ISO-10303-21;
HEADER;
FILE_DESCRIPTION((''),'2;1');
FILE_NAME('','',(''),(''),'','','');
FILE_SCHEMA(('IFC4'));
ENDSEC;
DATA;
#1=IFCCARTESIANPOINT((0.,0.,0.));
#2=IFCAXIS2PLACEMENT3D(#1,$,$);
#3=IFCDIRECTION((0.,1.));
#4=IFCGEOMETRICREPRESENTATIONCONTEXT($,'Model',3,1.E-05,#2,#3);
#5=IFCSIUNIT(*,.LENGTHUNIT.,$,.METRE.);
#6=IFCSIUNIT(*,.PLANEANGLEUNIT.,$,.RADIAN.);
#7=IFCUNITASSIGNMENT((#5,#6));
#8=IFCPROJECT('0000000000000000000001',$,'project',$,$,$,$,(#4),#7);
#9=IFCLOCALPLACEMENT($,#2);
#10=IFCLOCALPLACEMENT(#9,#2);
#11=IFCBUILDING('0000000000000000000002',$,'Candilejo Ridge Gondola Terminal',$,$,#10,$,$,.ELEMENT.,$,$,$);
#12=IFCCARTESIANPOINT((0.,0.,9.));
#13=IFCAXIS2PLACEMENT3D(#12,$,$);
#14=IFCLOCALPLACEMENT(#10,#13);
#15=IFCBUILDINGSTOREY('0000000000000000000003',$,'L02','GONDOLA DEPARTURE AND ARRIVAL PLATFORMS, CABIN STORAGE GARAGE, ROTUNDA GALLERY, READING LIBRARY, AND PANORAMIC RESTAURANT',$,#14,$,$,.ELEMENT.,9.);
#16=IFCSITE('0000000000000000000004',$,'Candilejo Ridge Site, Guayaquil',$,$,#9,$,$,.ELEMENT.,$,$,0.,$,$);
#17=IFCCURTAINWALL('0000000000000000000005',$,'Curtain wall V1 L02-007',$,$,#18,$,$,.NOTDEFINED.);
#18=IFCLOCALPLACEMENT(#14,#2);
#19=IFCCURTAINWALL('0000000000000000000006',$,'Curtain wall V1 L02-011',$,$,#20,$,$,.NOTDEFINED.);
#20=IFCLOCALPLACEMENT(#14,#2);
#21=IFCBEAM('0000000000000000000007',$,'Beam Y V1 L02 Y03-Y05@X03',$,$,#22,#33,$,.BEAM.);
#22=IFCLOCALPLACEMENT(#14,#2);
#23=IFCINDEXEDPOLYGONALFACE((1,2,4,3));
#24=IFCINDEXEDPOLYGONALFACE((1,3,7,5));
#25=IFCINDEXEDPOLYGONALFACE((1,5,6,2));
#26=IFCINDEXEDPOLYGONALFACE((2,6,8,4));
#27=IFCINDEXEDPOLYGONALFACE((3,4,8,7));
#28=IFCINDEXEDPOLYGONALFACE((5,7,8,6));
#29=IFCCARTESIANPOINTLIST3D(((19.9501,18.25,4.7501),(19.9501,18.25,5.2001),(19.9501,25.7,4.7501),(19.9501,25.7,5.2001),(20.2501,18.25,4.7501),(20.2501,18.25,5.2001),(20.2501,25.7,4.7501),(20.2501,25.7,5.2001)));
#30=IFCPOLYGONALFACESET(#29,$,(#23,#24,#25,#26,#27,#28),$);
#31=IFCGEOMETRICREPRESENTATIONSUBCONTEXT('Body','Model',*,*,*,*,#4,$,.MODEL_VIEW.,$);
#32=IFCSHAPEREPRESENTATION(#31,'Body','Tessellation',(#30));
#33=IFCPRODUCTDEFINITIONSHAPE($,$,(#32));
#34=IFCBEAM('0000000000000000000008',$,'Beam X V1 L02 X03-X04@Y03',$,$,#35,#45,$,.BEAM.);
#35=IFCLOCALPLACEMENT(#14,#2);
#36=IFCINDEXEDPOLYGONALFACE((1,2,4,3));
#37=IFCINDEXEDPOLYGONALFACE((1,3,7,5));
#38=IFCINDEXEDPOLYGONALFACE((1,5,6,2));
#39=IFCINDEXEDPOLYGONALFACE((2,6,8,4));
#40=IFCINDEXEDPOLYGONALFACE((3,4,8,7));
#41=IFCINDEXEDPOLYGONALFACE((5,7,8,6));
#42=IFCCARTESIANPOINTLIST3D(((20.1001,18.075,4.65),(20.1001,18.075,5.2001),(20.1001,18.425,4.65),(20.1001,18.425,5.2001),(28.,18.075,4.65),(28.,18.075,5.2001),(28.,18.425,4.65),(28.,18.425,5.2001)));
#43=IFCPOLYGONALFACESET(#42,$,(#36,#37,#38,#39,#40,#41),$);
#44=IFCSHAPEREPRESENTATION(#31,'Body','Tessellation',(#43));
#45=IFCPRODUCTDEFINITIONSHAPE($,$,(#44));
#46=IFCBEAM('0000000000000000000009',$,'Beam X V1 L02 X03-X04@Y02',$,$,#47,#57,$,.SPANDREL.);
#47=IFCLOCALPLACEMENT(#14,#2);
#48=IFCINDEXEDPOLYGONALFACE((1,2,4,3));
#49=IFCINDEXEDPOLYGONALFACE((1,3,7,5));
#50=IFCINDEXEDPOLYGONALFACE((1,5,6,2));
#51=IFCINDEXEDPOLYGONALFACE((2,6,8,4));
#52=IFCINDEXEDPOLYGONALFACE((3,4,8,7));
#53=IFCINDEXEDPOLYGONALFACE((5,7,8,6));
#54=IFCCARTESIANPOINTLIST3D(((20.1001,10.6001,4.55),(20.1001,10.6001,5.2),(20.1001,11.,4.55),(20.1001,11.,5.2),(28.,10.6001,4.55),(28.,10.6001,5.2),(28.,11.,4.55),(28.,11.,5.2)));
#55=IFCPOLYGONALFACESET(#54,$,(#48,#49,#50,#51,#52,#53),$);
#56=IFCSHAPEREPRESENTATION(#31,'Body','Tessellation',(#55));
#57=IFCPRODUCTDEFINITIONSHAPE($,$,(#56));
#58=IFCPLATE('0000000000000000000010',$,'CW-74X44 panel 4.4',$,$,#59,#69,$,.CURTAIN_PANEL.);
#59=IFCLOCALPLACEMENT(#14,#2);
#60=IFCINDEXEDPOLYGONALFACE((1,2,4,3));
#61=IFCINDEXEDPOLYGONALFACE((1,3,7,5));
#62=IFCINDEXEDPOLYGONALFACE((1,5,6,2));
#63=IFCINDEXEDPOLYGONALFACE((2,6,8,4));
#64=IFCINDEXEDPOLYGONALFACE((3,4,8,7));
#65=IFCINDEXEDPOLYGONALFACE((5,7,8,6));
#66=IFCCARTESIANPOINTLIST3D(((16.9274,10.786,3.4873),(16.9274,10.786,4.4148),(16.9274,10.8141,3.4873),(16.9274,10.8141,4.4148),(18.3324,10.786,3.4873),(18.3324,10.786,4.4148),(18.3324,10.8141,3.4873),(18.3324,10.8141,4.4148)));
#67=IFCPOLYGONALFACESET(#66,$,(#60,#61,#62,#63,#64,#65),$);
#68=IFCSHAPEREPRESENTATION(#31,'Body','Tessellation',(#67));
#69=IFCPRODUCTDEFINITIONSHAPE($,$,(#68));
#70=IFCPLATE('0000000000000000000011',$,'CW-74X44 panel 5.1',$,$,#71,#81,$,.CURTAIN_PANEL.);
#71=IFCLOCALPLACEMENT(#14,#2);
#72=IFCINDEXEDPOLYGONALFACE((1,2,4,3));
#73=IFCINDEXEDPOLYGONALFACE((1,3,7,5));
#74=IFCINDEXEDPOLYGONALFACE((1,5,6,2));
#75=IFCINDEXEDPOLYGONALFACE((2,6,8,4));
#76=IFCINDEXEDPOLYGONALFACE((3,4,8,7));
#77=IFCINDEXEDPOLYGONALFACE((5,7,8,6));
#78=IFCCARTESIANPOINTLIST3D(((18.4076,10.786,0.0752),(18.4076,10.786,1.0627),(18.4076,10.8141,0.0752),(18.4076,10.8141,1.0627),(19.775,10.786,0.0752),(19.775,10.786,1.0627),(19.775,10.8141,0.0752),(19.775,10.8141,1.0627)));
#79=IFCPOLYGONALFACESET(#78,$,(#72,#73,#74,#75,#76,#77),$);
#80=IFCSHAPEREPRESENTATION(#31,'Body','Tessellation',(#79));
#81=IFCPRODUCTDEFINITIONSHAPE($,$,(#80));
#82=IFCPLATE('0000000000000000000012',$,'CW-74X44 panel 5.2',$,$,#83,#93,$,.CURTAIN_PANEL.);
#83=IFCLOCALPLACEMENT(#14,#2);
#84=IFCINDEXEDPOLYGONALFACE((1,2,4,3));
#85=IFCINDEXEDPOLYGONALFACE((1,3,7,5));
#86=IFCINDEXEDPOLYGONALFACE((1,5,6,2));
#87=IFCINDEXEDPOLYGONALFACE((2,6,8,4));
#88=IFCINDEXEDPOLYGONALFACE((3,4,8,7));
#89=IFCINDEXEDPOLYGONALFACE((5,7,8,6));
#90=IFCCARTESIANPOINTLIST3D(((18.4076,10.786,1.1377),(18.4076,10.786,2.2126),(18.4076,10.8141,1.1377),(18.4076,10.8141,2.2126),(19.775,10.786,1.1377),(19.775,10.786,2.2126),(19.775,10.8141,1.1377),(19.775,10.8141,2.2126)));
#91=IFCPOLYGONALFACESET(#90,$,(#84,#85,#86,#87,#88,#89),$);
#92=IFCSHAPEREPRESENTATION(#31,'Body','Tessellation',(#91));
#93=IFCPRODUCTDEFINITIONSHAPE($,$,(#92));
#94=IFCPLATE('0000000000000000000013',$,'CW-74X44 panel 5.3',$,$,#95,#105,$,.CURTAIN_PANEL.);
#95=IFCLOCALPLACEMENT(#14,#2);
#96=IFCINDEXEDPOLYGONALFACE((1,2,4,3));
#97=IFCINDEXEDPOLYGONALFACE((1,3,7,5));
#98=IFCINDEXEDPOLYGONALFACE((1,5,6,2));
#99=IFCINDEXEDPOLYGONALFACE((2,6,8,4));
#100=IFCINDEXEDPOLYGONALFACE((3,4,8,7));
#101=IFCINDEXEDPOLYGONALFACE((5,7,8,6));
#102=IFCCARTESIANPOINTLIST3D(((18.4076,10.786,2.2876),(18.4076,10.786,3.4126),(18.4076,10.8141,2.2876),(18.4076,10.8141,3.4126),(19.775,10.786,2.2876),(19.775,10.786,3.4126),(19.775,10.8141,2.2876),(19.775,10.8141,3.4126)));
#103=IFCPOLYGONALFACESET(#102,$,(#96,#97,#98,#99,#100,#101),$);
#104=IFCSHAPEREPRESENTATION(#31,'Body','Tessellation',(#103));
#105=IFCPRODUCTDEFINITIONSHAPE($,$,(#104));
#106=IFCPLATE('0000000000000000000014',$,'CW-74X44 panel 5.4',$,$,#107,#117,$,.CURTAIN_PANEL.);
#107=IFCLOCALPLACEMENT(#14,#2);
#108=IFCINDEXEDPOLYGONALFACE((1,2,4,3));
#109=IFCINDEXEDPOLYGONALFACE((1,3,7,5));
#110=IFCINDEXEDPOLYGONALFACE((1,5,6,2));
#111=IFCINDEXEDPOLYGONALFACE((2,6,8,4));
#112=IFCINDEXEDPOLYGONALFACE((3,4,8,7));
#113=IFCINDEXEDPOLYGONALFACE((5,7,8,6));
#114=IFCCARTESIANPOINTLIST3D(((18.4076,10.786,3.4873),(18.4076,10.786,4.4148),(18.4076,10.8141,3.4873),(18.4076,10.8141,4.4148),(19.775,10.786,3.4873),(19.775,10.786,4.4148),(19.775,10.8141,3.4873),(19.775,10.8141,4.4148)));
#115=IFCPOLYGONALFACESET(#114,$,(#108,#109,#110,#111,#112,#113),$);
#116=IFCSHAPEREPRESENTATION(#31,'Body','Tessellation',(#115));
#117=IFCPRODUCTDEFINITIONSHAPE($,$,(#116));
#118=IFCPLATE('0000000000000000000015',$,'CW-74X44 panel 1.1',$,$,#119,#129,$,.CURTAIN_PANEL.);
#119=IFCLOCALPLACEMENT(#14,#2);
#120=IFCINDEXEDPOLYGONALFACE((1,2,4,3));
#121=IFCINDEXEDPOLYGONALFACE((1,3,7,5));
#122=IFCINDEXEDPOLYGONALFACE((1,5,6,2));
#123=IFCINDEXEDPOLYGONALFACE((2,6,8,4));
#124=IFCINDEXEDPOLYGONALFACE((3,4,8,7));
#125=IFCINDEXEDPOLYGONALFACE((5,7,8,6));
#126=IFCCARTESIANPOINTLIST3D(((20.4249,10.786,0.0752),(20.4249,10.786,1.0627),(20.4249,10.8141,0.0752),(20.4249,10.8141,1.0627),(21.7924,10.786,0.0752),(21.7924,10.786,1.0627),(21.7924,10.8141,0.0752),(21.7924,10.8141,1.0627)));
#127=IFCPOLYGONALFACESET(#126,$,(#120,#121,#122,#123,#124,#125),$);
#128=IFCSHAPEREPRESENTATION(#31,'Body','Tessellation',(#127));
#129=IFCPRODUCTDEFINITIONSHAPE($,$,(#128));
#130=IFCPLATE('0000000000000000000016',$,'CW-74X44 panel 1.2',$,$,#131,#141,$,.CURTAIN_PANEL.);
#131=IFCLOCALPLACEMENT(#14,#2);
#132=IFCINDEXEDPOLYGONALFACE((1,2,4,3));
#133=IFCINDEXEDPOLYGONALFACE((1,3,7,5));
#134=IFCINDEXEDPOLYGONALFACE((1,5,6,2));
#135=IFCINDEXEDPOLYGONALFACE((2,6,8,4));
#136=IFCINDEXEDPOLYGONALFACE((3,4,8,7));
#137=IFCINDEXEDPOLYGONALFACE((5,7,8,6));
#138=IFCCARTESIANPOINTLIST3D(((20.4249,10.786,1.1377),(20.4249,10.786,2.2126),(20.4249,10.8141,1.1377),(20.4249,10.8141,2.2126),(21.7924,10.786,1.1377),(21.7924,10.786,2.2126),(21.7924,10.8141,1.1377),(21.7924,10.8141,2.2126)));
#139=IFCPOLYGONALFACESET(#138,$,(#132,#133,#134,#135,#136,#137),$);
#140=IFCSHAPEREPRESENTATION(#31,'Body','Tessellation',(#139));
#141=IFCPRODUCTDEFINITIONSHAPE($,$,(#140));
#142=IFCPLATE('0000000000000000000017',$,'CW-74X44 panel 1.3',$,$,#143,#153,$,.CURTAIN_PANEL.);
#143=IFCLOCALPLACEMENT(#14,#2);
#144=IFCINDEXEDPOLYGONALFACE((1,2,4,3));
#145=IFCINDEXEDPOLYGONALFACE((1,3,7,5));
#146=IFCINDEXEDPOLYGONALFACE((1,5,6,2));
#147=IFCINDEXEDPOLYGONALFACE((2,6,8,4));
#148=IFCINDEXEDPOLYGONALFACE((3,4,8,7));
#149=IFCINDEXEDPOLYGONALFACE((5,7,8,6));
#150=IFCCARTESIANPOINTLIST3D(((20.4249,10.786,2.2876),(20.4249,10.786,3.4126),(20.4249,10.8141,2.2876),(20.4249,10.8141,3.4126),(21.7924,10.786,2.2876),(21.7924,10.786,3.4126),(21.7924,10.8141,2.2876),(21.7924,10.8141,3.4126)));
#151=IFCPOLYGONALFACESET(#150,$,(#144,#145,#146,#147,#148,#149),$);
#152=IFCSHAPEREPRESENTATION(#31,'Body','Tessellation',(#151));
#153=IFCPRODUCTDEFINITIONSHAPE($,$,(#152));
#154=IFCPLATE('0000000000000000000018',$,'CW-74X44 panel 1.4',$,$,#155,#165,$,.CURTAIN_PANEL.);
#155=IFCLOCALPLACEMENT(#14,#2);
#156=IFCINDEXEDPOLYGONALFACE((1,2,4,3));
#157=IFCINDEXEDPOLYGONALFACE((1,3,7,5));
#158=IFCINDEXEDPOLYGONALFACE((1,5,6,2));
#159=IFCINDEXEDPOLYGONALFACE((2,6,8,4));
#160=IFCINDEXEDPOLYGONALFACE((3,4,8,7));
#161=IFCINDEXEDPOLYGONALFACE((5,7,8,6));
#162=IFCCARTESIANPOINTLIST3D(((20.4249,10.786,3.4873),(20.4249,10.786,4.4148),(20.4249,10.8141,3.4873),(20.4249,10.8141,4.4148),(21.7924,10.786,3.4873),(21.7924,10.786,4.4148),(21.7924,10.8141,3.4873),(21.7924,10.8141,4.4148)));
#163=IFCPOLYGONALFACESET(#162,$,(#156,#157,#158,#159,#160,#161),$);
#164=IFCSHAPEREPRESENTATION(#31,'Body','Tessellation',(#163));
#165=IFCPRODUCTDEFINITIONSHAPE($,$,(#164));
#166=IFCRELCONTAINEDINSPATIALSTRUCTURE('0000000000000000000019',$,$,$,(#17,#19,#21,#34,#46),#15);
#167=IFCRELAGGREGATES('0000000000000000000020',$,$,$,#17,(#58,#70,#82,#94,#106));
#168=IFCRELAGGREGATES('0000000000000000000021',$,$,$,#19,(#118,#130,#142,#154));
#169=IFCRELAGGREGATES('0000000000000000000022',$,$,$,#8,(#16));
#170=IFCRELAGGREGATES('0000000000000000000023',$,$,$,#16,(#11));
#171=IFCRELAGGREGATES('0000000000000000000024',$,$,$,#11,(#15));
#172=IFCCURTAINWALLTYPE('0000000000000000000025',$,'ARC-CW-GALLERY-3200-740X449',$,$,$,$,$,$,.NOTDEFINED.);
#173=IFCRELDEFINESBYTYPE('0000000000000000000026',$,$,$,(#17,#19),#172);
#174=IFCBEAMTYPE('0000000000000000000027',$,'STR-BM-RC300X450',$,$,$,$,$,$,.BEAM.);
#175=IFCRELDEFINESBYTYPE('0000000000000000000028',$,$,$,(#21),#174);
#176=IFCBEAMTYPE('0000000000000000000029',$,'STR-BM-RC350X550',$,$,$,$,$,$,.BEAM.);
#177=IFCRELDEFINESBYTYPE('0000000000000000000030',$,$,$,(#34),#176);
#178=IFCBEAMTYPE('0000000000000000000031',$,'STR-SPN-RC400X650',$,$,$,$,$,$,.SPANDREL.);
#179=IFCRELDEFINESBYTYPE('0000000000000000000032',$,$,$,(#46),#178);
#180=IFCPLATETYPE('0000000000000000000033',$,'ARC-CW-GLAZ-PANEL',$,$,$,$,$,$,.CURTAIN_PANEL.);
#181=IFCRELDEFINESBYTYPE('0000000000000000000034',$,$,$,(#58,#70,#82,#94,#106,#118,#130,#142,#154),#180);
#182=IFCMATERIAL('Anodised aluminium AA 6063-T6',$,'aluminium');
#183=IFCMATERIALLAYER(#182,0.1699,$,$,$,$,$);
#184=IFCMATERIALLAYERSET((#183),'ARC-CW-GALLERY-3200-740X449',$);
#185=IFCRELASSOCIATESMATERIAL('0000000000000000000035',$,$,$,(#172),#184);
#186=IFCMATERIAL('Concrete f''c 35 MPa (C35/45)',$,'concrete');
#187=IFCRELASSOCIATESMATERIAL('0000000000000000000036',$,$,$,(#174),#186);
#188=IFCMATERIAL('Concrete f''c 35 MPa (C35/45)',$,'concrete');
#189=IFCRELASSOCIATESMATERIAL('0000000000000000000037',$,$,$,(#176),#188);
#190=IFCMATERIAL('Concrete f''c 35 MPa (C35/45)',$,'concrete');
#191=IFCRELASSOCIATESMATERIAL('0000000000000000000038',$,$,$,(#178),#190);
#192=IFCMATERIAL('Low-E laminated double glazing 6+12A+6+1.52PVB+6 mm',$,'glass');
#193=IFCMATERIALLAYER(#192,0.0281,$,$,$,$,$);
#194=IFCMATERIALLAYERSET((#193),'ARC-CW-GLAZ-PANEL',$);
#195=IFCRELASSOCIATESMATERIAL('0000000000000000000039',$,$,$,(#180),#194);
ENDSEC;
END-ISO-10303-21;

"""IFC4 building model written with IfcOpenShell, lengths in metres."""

from ifc_helpers import new_model, si_unit, direction, frame, origin, origin_2d, place, context, subcontext, project, spatial, rectangle, extrude, material, layer, layer_set, material_profile, profile_set, type_object, element, aggregate, save


model = new_model("IFC4")

# Units and contexts
model_context = context("Model", 3, precision=1e-05, world=origin(), true_north=direction((0.0, 1.0)))
body_context = subcontext(model_context, "Body", "Model", "MODEL_VIEW")
ifc_project = project(units=[si_unit("LENGTHUNIT", "METRE"), si_unit("PLANEANGLEUNIT", "RADIAN")], contexts=[model_context])

# Site, building, storey
site_placement = place(None, origin())
site = spatial("IfcSite", under=ifc_project, at=site_placement, Name="Candilejo Ridge Site, Guayaquil", CompositionType="ELEMENT", RefElevation=0.0)
building_placement = place(site_placement, origin())
building = spatial("IfcBuilding", under=site, at=building_placement, Name="Candilejo Ridge Gondola Terminal", CompositionType="ELEMENT")
storey_placement = place(building_placement, frame((0.0, 0.0, 9.0)))
storey = spatial("IfcBuildingStorey", under=building, at=storey_placement, Name="L02", Description="GONDOLA DEPARTURE AND ARRIVAL PLATFORMS, CABIN STORAGE GARAGE, ROTUNDA GALLERY, READING LIBRARY, AND PANORAMIC RESTAURANT", CompositionType="ELEMENT", Elevation=9.0)

# Curtain walls
ifc_material_1 = material(Name="Anodised aluminium AA 6063-T6", Category="aluminium")
ifc_layer_1 = layer(ifc_material_1, 0.1699)
ifc_layer_set_1 = layer_set([ifc_layer_1], Name="ARC-CW-GALLERY-3200-740X449")
curtain_wall_type = type_object("IfcCurtainWallType", Name="ARC-CW-GALLERY-3200-740X449", PredefinedType="NOTDEFINED", material=ifc_layer_set_1)
curtain_wall_1_placement = place(storey_placement, origin())
curtain_wall_1 = element("IfcCurtainWall", 1, at=curtain_wall_1_placement, inside=storey, type_object=curtain_wall_type, Name="Curtain wall V1 L02-007", PredefinedType="NOTDEFINED")
curtain_wall_2_placement = place(storey_placement, origin())
curtain_wall_2 = element("IfcCurtainWall", 2, at=curtain_wall_2_placement, inside=storey, type_object=curtain_wall_type, Name="Curtain wall V1 L02-011", PredefinedType="NOTDEFINED")

# Beams
ifc_material_2 = material(Name="Concrete f'c 35 MPa (C35/45)", Category="concrete")
ifc_material_profile_1 = material_profile(ifc_material_2, rectangle(XDim=0.3, YDim=0.45, at=origin_2d()))
ifc_profile_set_1 = profile_set([ifc_material_profile_1], Name="Concrete f'c 35 MPa (C35/45)")
beam_type_1 = type_object("IfcBeamType", Name="STR-BM-RC300X450", PredefinedType="BEAM", material=ifc_profile_set_1)
for number, where, z_axis, x_axis, name in (
    (3, (20.1001, 18.25, 4.9751), (0.0, 1.0, 0.0), (-1.0, 0.0, 0.0), "Beam Y V1 L02 Y03-Y05@X03"),
):
    element("IfcBeam", number, at=place(storey_placement, frame(where, z_axis=z_axis, x_axis=x_axis)), inside=storey, type_object=beam_type_1, Name=name, PredefinedType="BEAM", context=body_context, shape_type="SweptSolid", body=[
        extrude(rectangle(XDim=0.3, YDim=0.45, at=origin_2d()), origin(), (0.0, 0.0, 1.0), 7.45),
    ])
ifc_material_3 = material(Name="Concrete f'c 35 MPa (C35/45)", Category="concrete")
ifc_material_profile_2 = material_profile(ifc_material_3, rectangle(XDim=0.3501, YDim=0.55, at=origin_2d()))
ifc_profile_set_2 = profile_set([ifc_material_profile_2], Name="Concrete f'c 35 MPa (C35/45)")
beam_type_2 = type_object("IfcBeamType", Name="STR-BM-RC350X550", PredefinedType="BEAM", material=ifc_profile_set_2)
beam_1_placement = place(storey_placement, frame((20.1001, 18.25, 4.925), z_axis=(1.0, 0.0, 0.0), x_axis=(0.0, 1.0, 0.0)))
element("IfcBeam", 4, at=beam_1_placement, inside=storey, type_object=beam_type_2, Name="Beam X V1 L02 X03-X04@Y03", PredefinedType="BEAM", context=body_context, shape_type="SweptSolid", body=[
    extrude(rectangle(XDim=0.3501, YDim=0.55, at=origin_2d()), origin(), (0.0, 0.0, 1.0), 7.8999),
])
ifc_material_4 = material(Name="Concrete f'c 35 MPa (C35/45)", Category="concrete")
ifc_material_profile_3 = material_profile(ifc_material_4, rectangle(XDim=0.3999, YDim=0.6499, at=origin_2d()))
ifc_profile_set_3 = profile_set([ifc_material_profile_3], Name="Concrete f'c 35 MPa (C35/45)")
beam_type_3 = type_object("IfcBeamType", Name="STR-SPN-RC400X650", PredefinedType="SPANDREL", material=ifc_profile_set_3)
beam_2_placement = place(storey_placement, frame((20.1001, 10.8, 4.875), z_axis=(1.0, 0.0, 0.0), x_axis=(0.0, 1.0, 0.0)))
element("IfcBeam", 5, at=beam_2_placement, inside=storey, type_object=beam_type_3, Name="Beam X V1 L02 X03-X04@Y02", PredefinedType="SPANDREL", context=body_context, shape_type="SweptSolid", body=[
    extrude(rectangle(XDim=0.3999, YDim=0.6499, at=origin_2d()), origin(), (0.0, 0.0, 1.0), 7.8999),
])

# Plates
ifc_material_5 = material(Name="Low-E laminated double glazing 6+12A+6+1.52PVB+6 mm", Category="glass")
ifc_layer_2 = layer(ifc_material_5, 0.0281)
ifc_layer_set_2 = layer_set([ifc_layer_2], Name="ARC-CW-GLAZ-PANEL")
plate_type = type_object("IfcPlateType", Name="ARC-CW-GLAZ-PANEL", PredefinedType="CURTAIN_PANEL", material=ifc_layer_set_2)
plate_1_placement = place(storey_placement, frame((17.6299, 10.8, 3.4873), z_axis=(0.0, 0.0, 1.0), x_axis=(1.0, 0.0, 0.0)))
plate_1 = element("IfcPlate", 6, at=plate_1_placement, type_object=plate_type, Name="CW-74X44 panel 4.4", PredefinedType="CURTAIN_PANEL", context=body_context, shape_type="SweptSolid", body=[
    extrude(rectangle(XDim=1.405, YDim=0.0281, at=origin_2d()), origin(), (0.0, 0.0, 1.0), 0.9275),
])
plate_2_placement = place(storey_placement, frame((19.0913, 10.8, 0.0752), z_axis=(0.0, 0.0, 1.0), x_axis=(1.0, 0.0, 0.0)))
plate_2 = element("IfcPlate", 7, at=plate_2_placement, type_object=plate_type, Name="CW-74X44 panel 5.1", PredefinedType="CURTAIN_PANEL", context=body_context, shape_type="SweptSolid", body=[
    extrude(rectangle(XDim=1.3674, YDim=0.0281, at=origin_2d()), origin(), (0.0, 0.0, 1.0), 0.9875),
])
plate_3_placement = place(storey_placement, frame((19.0913, 10.8, 1.1377), z_axis=(0.0, 0.0, 1.0), x_axis=(1.0, 0.0, 0.0)))
plate_3 = element("IfcPlate", 8, at=plate_3_placement, type_object=plate_type, Name="CW-74X44 panel 5.2", PredefinedType="CURTAIN_PANEL", context=body_context, shape_type="SweptSolid", body=[
    extrude(rectangle(XDim=1.3674, YDim=0.0281, at=origin_2d()), origin(), (0.0, 0.0, 1.0), 1.075),
])
plate_4_placement = place(storey_placement, frame((19.0913, 10.8, 2.2876), z_axis=(0.0, 0.0, 1.0), x_axis=(1.0, 0.0, 0.0)))
plate_4 = element("IfcPlate", 9, at=plate_4_placement, type_object=plate_type, Name="CW-74X44 panel 5.3", PredefinedType="CURTAIN_PANEL", context=body_context, shape_type="SweptSolid", body=[
    extrude(rectangle(XDim=1.3674, YDim=0.0281, at=origin_2d()), origin(), (0.0, 0.0, 1.0), 1.125),
])
plate_5_placement = place(storey_placement, frame((19.0913, 10.8, 3.4873), z_axis=(0.0, 0.0, 1.0), x_axis=(1.0, 0.0, 0.0)))
plate_5 = element("IfcPlate", 10, at=plate_5_placement, type_object=plate_type, Name="CW-74X44 panel 5.4", PredefinedType="CURTAIN_PANEL", context=body_context, shape_type="SweptSolid", body=[
    extrude(rectangle(XDim=1.3674, YDim=0.0281, at=origin_2d()), origin(), (0.0, 0.0, 1.0), 0.9275),
])
aggregate(curtain_wall_1, [plate_1, plate_2, plate_3, plate_4, plate_5])
plate_6_placement = place(storey_placement, frame((21.1086, 10.8, 0.0752), z_axis=(0.0, 0.0, 1.0), x_axis=(1.0, 0.0, 0.0)))
plate_6 = element("IfcPlate", 11, at=plate_6_placement, type_object=plate_type, Name="CW-74X44 panel 1.1", PredefinedType="CURTAIN_PANEL", context=body_context, shape_type="SweptSolid", body=[
    extrude(rectangle(XDim=1.3674, YDim=0.0281, at=origin_2d()), origin(), (0.0, 0.0, 1.0), 0.9875),
])
plate_7_placement = place(storey_placement, frame((21.1086, 10.8, 1.1377), z_axis=(0.0, 0.0, 1.0), x_axis=(1.0, 0.0, 0.0)))
plate_7 = element("IfcPlate", 12, at=plate_7_placement, type_object=plate_type, Name="CW-74X44 panel 1.2", PredefinedType="CURTAIN_PANEL", context=body_context, shape_type="SweptSolid", body=[
    extrude(rectangle(XDim=1.3674, YDim=0.0281, at=origin_2d()), origin(), (0.0, 0.0, 1.0), 1.075),
])
plate_8_placement = place(storey_placement, frame((21.1086, 10.8, 2.2876), z_axis=(0.0, 0.0, 1.0), x_axis=(1.0, 0.0, 0.0)))
plate_8 = element("IfcPlate", 13, at=plate_8_placement, type_object=plate_type, Name="CW-74X44 panel 1.3", PredefinedType="CURTAIN_PANEL", context=body_context, shape_type="SweptSolid", body=[
    extrude(rectangle(XDim=1.3674, YDim=0.0281, at=origin_2d()), origin(), (0.0, 0.0, 1.0), 1.125),
])
plate_9_placement = place(storey_placement, frame((21.1086, 10.8, 3.4873), z_axis=(0.0, 0.0, 1.0), x_axis=(1.0, 0.0, 0.0)))
plate_9 = element("IfcPlate", 14, at=plate_9_placement, type_object=plate_type, Name="CW-74X44 panel 1.4", PredefinedType="CURTAIN_PANEL", context=body_context, shape_type="SweptSolid", body=[
    extrude(rectangle(XDim=1.3674, YDim=0.0281, at=origin_2d()), origin(), (0.0, 0.0, 1.0), 0.9275),
])
aggregate(curtain_wall_2, [plate_6, plate_7, plate_8, plate_9])

save(model, "model.ifc")
